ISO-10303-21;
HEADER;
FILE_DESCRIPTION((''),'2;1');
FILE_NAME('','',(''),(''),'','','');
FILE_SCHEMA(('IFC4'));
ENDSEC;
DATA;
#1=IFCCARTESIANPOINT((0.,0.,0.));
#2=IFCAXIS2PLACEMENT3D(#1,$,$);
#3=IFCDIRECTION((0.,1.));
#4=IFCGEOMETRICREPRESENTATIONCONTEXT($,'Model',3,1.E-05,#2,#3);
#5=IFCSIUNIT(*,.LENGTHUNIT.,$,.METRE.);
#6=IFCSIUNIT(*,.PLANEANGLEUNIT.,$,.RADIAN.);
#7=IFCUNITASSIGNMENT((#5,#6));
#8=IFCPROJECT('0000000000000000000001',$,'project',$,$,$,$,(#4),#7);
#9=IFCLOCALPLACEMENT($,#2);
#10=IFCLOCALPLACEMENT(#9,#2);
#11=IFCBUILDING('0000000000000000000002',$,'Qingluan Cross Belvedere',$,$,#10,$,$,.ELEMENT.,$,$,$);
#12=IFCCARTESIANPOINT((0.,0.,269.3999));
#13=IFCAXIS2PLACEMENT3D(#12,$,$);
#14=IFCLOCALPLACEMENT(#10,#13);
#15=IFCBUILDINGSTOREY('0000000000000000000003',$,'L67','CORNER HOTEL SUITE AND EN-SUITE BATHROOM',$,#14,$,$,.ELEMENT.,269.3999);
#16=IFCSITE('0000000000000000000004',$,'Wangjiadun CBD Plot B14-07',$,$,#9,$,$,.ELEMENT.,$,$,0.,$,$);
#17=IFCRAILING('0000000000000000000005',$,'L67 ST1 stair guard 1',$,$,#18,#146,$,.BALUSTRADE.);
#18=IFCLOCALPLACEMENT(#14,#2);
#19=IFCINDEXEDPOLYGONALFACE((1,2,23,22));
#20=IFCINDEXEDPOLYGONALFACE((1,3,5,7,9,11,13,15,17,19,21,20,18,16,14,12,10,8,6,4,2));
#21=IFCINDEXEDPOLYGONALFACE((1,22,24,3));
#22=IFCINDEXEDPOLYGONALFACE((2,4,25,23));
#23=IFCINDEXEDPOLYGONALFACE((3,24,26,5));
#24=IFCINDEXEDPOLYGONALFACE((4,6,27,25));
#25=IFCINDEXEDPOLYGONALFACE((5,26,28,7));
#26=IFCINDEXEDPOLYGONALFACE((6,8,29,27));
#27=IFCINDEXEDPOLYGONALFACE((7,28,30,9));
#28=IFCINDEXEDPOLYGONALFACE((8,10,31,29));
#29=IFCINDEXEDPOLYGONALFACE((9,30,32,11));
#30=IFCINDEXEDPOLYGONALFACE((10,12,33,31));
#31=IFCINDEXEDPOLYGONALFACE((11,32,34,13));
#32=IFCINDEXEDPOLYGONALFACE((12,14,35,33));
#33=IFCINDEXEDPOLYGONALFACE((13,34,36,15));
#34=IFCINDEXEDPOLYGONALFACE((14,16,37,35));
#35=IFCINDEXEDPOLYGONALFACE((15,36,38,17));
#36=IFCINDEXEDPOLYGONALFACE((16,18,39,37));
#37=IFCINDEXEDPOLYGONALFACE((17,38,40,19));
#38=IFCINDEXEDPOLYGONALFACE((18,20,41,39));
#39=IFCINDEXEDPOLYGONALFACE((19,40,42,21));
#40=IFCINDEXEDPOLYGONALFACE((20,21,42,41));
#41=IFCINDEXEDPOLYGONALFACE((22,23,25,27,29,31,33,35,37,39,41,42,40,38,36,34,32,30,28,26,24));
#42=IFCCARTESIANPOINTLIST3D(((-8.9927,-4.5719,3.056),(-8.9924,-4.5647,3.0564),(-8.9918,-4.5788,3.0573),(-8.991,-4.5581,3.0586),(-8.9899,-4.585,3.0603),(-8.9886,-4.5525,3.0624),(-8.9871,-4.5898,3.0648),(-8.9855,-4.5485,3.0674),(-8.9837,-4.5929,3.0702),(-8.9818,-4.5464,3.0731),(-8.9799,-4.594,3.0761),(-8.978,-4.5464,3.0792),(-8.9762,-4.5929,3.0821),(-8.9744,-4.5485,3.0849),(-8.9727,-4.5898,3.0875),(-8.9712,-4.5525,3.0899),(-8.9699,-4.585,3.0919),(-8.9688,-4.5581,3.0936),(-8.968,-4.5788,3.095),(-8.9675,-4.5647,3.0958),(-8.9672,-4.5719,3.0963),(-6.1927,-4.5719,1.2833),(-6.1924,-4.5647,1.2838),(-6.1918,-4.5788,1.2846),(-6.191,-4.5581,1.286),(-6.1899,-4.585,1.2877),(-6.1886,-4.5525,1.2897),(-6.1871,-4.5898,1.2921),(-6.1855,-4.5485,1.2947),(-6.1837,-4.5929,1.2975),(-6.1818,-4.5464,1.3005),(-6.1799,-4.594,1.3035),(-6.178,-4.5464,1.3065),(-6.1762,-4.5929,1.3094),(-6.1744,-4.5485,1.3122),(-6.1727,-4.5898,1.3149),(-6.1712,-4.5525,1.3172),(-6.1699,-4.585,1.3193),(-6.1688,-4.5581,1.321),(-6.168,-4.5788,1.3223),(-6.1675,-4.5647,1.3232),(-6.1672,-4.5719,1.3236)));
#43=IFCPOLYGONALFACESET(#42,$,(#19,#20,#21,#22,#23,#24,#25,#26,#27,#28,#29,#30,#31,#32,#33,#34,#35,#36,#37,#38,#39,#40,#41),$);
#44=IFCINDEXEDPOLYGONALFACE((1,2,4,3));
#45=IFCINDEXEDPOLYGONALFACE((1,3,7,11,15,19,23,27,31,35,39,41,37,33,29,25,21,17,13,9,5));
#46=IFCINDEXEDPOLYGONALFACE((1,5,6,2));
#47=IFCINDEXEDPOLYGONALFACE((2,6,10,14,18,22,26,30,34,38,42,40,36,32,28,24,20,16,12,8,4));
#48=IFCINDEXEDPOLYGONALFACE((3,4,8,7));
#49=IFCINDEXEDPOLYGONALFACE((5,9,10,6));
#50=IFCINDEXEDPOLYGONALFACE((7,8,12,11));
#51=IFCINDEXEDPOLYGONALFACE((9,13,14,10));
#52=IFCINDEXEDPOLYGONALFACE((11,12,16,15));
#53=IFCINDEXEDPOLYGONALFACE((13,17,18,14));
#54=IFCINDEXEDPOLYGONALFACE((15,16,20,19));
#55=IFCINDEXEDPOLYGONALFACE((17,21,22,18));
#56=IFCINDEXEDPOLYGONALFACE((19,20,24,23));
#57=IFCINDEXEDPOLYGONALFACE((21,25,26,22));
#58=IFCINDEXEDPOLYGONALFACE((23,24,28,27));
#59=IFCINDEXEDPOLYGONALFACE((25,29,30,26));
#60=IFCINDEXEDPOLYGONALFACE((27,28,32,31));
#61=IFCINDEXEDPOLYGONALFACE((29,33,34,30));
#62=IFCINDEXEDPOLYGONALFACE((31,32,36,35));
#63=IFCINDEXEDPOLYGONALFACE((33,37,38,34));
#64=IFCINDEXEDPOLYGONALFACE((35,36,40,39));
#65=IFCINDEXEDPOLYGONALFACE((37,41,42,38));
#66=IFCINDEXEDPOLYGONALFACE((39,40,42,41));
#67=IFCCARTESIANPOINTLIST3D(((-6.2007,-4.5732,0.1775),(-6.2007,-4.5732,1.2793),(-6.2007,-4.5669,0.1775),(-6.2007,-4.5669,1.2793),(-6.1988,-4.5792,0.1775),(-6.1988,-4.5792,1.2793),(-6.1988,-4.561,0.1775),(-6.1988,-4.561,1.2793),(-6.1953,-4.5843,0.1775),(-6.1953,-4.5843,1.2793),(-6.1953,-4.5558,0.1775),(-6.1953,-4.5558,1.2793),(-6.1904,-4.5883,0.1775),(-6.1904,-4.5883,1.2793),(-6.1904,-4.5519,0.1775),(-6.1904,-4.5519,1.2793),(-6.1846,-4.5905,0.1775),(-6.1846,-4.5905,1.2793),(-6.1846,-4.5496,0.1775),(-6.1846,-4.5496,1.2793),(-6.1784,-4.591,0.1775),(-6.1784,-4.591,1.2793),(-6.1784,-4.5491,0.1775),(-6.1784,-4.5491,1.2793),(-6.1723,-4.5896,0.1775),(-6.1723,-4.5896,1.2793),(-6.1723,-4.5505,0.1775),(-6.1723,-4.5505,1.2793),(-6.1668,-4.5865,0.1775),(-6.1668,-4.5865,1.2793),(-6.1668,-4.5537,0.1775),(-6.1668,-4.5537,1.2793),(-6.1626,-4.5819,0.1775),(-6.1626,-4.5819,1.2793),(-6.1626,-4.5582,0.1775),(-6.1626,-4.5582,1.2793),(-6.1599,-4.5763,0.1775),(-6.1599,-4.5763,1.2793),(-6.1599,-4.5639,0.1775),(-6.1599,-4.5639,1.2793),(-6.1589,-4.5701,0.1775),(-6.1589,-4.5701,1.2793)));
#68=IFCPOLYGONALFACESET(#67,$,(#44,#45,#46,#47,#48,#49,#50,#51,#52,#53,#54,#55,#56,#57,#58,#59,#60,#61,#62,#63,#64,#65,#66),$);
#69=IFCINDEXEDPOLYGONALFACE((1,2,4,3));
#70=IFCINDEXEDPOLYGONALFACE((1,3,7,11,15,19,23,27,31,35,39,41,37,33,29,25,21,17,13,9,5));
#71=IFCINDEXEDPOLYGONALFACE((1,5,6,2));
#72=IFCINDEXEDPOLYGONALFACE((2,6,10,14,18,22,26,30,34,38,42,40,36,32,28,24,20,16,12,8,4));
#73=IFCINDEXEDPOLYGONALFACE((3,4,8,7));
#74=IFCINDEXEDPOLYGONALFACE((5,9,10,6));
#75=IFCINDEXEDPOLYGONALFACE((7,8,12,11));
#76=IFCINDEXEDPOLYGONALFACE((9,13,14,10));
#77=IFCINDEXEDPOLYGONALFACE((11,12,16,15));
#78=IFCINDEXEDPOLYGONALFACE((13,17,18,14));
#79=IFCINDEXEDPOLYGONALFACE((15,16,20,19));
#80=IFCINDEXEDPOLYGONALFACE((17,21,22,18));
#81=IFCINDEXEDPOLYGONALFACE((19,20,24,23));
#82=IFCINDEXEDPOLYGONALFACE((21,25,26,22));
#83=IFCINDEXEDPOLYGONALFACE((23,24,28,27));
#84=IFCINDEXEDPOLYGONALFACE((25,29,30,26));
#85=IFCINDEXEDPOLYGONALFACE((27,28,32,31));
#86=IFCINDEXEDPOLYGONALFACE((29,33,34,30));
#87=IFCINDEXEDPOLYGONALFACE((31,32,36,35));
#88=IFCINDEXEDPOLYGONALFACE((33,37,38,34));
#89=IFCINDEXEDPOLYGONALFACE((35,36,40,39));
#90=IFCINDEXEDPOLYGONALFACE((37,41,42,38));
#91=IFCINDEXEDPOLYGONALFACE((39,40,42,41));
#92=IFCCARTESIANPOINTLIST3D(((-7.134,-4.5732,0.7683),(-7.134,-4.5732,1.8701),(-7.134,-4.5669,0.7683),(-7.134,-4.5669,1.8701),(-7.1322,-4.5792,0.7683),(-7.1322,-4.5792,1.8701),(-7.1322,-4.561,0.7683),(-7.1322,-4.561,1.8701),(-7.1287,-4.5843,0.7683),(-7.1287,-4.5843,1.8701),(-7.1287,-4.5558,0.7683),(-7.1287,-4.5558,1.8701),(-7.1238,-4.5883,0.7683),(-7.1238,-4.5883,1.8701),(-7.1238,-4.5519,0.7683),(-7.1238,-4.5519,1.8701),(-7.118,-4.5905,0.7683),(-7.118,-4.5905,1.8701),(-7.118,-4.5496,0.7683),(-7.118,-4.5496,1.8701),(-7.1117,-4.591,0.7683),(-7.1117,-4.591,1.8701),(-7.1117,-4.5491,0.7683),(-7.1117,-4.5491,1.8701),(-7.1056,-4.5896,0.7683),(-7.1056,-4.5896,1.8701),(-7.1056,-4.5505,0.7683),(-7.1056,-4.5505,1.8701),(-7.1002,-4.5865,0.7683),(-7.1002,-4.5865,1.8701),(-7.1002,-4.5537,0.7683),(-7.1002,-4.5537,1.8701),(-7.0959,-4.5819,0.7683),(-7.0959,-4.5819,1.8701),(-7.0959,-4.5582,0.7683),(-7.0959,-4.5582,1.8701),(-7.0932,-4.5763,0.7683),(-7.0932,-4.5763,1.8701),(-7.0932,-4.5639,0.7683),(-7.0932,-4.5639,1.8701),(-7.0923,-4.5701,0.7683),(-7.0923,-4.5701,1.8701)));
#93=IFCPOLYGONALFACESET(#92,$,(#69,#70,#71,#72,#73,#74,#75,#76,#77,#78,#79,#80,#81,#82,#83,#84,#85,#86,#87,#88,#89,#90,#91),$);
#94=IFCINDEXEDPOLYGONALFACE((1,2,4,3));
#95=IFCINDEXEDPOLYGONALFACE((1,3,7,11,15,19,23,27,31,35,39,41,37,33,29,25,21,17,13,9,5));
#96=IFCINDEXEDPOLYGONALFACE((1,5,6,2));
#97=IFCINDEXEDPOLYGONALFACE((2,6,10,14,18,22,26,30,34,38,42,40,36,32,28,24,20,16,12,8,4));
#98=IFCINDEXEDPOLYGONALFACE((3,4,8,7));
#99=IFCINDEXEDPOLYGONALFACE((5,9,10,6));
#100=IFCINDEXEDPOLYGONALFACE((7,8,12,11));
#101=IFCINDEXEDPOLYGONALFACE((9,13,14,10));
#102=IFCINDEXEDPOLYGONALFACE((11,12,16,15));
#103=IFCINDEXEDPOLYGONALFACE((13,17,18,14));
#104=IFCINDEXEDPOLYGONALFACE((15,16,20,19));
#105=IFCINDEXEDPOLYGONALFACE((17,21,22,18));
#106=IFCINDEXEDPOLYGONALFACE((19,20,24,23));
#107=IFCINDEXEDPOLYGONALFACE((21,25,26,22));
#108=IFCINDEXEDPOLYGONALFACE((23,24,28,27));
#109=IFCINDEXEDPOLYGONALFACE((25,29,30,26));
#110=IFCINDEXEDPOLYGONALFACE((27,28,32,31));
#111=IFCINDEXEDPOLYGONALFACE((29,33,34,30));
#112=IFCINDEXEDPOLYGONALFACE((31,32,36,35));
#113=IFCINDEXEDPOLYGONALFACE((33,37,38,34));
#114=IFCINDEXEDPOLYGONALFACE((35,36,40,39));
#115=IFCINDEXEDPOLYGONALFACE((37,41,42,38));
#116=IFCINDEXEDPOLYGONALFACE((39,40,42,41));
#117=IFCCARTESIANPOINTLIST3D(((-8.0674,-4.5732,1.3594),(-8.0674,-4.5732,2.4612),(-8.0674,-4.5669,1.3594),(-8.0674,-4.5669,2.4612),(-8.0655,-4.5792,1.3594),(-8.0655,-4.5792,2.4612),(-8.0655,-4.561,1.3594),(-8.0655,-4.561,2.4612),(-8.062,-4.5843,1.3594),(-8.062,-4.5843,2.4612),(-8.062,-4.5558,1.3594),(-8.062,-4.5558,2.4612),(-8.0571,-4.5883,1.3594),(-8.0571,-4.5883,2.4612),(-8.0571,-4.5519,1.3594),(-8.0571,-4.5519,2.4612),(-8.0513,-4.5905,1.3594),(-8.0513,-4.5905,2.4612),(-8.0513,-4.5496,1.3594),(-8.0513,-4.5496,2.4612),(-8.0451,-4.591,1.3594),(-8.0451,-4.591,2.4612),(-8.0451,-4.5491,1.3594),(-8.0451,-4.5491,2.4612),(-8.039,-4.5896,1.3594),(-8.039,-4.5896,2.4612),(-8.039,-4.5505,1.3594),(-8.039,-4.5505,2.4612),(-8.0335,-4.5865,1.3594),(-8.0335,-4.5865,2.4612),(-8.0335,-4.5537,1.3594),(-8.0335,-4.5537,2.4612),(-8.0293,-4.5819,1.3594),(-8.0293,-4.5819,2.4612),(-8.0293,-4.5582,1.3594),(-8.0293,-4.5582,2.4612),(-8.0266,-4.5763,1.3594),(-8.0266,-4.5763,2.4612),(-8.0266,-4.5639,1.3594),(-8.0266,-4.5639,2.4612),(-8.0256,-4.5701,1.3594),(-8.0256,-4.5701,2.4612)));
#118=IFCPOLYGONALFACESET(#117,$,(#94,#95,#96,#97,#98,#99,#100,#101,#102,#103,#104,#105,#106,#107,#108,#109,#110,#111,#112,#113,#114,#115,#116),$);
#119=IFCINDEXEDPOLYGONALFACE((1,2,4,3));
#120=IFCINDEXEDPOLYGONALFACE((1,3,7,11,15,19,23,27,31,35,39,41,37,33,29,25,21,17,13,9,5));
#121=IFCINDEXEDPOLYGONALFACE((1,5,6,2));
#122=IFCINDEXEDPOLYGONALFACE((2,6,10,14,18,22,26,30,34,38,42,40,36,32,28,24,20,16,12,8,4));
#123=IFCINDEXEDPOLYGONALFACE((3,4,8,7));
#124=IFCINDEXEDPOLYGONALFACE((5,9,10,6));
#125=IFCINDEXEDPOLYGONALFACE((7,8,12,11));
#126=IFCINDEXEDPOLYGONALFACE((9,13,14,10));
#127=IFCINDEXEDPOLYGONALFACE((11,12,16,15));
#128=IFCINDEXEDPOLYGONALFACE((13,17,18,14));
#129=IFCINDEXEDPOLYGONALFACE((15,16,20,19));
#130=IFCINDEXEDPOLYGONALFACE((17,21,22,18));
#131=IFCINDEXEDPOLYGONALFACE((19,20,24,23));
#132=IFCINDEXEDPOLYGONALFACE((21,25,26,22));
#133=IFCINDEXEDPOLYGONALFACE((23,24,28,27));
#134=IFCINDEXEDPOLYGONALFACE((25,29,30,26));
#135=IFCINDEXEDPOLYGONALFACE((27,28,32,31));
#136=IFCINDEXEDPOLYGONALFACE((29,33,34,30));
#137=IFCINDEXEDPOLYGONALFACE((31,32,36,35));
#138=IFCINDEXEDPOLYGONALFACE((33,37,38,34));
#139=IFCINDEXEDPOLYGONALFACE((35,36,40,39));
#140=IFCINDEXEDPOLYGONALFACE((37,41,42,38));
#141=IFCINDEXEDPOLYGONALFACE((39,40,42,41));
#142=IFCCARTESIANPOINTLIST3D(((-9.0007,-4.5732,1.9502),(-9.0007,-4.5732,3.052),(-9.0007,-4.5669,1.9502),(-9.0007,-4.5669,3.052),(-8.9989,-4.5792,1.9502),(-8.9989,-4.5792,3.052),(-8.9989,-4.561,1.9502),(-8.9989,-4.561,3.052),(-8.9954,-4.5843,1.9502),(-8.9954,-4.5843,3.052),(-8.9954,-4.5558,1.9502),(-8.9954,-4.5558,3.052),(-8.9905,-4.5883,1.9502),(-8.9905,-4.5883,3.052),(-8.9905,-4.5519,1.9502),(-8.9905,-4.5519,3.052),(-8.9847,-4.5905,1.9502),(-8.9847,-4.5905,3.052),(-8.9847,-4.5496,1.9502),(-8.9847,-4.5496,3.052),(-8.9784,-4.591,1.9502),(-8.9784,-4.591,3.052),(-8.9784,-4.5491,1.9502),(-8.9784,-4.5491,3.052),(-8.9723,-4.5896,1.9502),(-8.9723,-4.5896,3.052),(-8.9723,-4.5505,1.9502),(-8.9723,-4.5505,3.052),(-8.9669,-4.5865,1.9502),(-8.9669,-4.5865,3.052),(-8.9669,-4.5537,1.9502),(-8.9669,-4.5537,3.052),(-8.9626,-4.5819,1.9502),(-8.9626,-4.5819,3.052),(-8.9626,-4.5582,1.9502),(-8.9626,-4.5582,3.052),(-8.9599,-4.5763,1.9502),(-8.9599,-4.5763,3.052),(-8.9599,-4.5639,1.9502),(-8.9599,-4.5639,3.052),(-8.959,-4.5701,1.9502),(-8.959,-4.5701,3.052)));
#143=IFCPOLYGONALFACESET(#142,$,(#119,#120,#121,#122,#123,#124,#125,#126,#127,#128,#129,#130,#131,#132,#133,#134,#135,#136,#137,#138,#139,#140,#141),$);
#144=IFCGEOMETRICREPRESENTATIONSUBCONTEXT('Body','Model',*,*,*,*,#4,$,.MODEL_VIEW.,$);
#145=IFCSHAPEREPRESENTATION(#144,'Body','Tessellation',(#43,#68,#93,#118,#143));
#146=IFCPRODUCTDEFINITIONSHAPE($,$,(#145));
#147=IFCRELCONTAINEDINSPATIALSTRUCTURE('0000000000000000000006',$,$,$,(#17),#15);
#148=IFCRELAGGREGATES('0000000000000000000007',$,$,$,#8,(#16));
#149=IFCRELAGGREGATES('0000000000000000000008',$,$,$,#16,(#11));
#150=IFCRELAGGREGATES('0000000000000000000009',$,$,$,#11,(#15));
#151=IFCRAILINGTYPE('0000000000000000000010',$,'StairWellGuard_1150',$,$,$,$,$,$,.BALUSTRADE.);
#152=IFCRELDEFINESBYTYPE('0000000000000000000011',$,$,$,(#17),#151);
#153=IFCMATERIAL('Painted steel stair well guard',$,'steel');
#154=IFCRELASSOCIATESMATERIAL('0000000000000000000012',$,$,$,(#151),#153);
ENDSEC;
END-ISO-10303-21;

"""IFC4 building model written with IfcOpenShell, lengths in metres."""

from ifc_helpers import new_model, si_unit, direction, frame, origin, origin_2d, place, context, subcontext, project, spatial, circle, extrude, material, type_object, element, save


model = new_model("IFC4")

# Units and contexts
model_context = context("Model", 3, precision=1e-05, world=origin(), true_north=direction((0.0, 1.0)))
body_context = subcontext(model_context, "Body", "Model", "MODEL_VIEW")
ifc_project = project(units=[si_unit("LENGTHUNIT", "METRE"), si_unit("PLANEANGLEUNIT", "RADIAN")], contexts=[model_context])

# Site, building, storey
site_placement = place(None, origin())
site = spatial("IfcSite", under=ifc_project, at=site_placement, Name="Wangjiadun CBD Plot B14-07", CompositionType="ELEMENT", RefElevation=0.0)
building_placement = place(site_placement, origin())
building = spatial("IfcBuilding", under=site, at=building_placement, Name="Qingluan Cross Belvedere", CompositionType="ELEMENT")
storey_placement = place(building_placement, frame((0.0, 0.0, 269.3999)))
storey = spatial("IfcBuildingStorey", under=building, at=storey_placement, Name="L67", Description="CORNER HOTEL SUITE AND EN-SUITE BATHROOM", CompositionType="ELEMENT", Elevation=269.3999)

# Railing
ifc_material_1 = material(Name="Painted steel stair well guard", Category="steel")
railing_type_1 = type_object("IfcRailingType", Name="StairWellGuard_1150", PredefinedType="BALUSTRADE", material=ifc_material_1)
railing_1_placement = place(storey_placement, frame((-6.1799, -4.5701, 0.1775)))
element("IfcRailing", 1, at=railing_1_placement, inside=storey, type_object=railing_type_1, Name="L67 ST1 stair guard 1", PredefinedType="BALUSTRADE", context=body_context, shape_type="SweptSolid", body=[
    extrude(circle(Radius=0.0239, at=origin_2d()), frame((0.0, 0.0, 1.126), z_axis=(-0.844909, 0.0, 0.53491), x_axis=(0.0, -1.0, 0.0)), (0.0, 0.0, 1.0), 3.314),
    extrude(circle(Radius=0.021, at=origin_2d()), origin(), (0.0, 0.0, 1.0), 1.1018),
    extrude(circle(Radius=0.021, at=origin_2d()), frame((-0.9333, 0.0, 0.5908)), (0.0, 0.0, 1.0), 1.1018),
    extrude(circle(Radius=0.021, at=origin_2d()), frame((-1.8667, 0.0, 1.1819)), (0.0, 0.0, 1.0), 1.1018),
    extrude(circle(Radius=0.021, at=origin_2d()), frame((-2.8, 0.0, 1.7727)), (0.0, 0.0, 1.0), 1.1018),
])

save(model, "model.ifc")
